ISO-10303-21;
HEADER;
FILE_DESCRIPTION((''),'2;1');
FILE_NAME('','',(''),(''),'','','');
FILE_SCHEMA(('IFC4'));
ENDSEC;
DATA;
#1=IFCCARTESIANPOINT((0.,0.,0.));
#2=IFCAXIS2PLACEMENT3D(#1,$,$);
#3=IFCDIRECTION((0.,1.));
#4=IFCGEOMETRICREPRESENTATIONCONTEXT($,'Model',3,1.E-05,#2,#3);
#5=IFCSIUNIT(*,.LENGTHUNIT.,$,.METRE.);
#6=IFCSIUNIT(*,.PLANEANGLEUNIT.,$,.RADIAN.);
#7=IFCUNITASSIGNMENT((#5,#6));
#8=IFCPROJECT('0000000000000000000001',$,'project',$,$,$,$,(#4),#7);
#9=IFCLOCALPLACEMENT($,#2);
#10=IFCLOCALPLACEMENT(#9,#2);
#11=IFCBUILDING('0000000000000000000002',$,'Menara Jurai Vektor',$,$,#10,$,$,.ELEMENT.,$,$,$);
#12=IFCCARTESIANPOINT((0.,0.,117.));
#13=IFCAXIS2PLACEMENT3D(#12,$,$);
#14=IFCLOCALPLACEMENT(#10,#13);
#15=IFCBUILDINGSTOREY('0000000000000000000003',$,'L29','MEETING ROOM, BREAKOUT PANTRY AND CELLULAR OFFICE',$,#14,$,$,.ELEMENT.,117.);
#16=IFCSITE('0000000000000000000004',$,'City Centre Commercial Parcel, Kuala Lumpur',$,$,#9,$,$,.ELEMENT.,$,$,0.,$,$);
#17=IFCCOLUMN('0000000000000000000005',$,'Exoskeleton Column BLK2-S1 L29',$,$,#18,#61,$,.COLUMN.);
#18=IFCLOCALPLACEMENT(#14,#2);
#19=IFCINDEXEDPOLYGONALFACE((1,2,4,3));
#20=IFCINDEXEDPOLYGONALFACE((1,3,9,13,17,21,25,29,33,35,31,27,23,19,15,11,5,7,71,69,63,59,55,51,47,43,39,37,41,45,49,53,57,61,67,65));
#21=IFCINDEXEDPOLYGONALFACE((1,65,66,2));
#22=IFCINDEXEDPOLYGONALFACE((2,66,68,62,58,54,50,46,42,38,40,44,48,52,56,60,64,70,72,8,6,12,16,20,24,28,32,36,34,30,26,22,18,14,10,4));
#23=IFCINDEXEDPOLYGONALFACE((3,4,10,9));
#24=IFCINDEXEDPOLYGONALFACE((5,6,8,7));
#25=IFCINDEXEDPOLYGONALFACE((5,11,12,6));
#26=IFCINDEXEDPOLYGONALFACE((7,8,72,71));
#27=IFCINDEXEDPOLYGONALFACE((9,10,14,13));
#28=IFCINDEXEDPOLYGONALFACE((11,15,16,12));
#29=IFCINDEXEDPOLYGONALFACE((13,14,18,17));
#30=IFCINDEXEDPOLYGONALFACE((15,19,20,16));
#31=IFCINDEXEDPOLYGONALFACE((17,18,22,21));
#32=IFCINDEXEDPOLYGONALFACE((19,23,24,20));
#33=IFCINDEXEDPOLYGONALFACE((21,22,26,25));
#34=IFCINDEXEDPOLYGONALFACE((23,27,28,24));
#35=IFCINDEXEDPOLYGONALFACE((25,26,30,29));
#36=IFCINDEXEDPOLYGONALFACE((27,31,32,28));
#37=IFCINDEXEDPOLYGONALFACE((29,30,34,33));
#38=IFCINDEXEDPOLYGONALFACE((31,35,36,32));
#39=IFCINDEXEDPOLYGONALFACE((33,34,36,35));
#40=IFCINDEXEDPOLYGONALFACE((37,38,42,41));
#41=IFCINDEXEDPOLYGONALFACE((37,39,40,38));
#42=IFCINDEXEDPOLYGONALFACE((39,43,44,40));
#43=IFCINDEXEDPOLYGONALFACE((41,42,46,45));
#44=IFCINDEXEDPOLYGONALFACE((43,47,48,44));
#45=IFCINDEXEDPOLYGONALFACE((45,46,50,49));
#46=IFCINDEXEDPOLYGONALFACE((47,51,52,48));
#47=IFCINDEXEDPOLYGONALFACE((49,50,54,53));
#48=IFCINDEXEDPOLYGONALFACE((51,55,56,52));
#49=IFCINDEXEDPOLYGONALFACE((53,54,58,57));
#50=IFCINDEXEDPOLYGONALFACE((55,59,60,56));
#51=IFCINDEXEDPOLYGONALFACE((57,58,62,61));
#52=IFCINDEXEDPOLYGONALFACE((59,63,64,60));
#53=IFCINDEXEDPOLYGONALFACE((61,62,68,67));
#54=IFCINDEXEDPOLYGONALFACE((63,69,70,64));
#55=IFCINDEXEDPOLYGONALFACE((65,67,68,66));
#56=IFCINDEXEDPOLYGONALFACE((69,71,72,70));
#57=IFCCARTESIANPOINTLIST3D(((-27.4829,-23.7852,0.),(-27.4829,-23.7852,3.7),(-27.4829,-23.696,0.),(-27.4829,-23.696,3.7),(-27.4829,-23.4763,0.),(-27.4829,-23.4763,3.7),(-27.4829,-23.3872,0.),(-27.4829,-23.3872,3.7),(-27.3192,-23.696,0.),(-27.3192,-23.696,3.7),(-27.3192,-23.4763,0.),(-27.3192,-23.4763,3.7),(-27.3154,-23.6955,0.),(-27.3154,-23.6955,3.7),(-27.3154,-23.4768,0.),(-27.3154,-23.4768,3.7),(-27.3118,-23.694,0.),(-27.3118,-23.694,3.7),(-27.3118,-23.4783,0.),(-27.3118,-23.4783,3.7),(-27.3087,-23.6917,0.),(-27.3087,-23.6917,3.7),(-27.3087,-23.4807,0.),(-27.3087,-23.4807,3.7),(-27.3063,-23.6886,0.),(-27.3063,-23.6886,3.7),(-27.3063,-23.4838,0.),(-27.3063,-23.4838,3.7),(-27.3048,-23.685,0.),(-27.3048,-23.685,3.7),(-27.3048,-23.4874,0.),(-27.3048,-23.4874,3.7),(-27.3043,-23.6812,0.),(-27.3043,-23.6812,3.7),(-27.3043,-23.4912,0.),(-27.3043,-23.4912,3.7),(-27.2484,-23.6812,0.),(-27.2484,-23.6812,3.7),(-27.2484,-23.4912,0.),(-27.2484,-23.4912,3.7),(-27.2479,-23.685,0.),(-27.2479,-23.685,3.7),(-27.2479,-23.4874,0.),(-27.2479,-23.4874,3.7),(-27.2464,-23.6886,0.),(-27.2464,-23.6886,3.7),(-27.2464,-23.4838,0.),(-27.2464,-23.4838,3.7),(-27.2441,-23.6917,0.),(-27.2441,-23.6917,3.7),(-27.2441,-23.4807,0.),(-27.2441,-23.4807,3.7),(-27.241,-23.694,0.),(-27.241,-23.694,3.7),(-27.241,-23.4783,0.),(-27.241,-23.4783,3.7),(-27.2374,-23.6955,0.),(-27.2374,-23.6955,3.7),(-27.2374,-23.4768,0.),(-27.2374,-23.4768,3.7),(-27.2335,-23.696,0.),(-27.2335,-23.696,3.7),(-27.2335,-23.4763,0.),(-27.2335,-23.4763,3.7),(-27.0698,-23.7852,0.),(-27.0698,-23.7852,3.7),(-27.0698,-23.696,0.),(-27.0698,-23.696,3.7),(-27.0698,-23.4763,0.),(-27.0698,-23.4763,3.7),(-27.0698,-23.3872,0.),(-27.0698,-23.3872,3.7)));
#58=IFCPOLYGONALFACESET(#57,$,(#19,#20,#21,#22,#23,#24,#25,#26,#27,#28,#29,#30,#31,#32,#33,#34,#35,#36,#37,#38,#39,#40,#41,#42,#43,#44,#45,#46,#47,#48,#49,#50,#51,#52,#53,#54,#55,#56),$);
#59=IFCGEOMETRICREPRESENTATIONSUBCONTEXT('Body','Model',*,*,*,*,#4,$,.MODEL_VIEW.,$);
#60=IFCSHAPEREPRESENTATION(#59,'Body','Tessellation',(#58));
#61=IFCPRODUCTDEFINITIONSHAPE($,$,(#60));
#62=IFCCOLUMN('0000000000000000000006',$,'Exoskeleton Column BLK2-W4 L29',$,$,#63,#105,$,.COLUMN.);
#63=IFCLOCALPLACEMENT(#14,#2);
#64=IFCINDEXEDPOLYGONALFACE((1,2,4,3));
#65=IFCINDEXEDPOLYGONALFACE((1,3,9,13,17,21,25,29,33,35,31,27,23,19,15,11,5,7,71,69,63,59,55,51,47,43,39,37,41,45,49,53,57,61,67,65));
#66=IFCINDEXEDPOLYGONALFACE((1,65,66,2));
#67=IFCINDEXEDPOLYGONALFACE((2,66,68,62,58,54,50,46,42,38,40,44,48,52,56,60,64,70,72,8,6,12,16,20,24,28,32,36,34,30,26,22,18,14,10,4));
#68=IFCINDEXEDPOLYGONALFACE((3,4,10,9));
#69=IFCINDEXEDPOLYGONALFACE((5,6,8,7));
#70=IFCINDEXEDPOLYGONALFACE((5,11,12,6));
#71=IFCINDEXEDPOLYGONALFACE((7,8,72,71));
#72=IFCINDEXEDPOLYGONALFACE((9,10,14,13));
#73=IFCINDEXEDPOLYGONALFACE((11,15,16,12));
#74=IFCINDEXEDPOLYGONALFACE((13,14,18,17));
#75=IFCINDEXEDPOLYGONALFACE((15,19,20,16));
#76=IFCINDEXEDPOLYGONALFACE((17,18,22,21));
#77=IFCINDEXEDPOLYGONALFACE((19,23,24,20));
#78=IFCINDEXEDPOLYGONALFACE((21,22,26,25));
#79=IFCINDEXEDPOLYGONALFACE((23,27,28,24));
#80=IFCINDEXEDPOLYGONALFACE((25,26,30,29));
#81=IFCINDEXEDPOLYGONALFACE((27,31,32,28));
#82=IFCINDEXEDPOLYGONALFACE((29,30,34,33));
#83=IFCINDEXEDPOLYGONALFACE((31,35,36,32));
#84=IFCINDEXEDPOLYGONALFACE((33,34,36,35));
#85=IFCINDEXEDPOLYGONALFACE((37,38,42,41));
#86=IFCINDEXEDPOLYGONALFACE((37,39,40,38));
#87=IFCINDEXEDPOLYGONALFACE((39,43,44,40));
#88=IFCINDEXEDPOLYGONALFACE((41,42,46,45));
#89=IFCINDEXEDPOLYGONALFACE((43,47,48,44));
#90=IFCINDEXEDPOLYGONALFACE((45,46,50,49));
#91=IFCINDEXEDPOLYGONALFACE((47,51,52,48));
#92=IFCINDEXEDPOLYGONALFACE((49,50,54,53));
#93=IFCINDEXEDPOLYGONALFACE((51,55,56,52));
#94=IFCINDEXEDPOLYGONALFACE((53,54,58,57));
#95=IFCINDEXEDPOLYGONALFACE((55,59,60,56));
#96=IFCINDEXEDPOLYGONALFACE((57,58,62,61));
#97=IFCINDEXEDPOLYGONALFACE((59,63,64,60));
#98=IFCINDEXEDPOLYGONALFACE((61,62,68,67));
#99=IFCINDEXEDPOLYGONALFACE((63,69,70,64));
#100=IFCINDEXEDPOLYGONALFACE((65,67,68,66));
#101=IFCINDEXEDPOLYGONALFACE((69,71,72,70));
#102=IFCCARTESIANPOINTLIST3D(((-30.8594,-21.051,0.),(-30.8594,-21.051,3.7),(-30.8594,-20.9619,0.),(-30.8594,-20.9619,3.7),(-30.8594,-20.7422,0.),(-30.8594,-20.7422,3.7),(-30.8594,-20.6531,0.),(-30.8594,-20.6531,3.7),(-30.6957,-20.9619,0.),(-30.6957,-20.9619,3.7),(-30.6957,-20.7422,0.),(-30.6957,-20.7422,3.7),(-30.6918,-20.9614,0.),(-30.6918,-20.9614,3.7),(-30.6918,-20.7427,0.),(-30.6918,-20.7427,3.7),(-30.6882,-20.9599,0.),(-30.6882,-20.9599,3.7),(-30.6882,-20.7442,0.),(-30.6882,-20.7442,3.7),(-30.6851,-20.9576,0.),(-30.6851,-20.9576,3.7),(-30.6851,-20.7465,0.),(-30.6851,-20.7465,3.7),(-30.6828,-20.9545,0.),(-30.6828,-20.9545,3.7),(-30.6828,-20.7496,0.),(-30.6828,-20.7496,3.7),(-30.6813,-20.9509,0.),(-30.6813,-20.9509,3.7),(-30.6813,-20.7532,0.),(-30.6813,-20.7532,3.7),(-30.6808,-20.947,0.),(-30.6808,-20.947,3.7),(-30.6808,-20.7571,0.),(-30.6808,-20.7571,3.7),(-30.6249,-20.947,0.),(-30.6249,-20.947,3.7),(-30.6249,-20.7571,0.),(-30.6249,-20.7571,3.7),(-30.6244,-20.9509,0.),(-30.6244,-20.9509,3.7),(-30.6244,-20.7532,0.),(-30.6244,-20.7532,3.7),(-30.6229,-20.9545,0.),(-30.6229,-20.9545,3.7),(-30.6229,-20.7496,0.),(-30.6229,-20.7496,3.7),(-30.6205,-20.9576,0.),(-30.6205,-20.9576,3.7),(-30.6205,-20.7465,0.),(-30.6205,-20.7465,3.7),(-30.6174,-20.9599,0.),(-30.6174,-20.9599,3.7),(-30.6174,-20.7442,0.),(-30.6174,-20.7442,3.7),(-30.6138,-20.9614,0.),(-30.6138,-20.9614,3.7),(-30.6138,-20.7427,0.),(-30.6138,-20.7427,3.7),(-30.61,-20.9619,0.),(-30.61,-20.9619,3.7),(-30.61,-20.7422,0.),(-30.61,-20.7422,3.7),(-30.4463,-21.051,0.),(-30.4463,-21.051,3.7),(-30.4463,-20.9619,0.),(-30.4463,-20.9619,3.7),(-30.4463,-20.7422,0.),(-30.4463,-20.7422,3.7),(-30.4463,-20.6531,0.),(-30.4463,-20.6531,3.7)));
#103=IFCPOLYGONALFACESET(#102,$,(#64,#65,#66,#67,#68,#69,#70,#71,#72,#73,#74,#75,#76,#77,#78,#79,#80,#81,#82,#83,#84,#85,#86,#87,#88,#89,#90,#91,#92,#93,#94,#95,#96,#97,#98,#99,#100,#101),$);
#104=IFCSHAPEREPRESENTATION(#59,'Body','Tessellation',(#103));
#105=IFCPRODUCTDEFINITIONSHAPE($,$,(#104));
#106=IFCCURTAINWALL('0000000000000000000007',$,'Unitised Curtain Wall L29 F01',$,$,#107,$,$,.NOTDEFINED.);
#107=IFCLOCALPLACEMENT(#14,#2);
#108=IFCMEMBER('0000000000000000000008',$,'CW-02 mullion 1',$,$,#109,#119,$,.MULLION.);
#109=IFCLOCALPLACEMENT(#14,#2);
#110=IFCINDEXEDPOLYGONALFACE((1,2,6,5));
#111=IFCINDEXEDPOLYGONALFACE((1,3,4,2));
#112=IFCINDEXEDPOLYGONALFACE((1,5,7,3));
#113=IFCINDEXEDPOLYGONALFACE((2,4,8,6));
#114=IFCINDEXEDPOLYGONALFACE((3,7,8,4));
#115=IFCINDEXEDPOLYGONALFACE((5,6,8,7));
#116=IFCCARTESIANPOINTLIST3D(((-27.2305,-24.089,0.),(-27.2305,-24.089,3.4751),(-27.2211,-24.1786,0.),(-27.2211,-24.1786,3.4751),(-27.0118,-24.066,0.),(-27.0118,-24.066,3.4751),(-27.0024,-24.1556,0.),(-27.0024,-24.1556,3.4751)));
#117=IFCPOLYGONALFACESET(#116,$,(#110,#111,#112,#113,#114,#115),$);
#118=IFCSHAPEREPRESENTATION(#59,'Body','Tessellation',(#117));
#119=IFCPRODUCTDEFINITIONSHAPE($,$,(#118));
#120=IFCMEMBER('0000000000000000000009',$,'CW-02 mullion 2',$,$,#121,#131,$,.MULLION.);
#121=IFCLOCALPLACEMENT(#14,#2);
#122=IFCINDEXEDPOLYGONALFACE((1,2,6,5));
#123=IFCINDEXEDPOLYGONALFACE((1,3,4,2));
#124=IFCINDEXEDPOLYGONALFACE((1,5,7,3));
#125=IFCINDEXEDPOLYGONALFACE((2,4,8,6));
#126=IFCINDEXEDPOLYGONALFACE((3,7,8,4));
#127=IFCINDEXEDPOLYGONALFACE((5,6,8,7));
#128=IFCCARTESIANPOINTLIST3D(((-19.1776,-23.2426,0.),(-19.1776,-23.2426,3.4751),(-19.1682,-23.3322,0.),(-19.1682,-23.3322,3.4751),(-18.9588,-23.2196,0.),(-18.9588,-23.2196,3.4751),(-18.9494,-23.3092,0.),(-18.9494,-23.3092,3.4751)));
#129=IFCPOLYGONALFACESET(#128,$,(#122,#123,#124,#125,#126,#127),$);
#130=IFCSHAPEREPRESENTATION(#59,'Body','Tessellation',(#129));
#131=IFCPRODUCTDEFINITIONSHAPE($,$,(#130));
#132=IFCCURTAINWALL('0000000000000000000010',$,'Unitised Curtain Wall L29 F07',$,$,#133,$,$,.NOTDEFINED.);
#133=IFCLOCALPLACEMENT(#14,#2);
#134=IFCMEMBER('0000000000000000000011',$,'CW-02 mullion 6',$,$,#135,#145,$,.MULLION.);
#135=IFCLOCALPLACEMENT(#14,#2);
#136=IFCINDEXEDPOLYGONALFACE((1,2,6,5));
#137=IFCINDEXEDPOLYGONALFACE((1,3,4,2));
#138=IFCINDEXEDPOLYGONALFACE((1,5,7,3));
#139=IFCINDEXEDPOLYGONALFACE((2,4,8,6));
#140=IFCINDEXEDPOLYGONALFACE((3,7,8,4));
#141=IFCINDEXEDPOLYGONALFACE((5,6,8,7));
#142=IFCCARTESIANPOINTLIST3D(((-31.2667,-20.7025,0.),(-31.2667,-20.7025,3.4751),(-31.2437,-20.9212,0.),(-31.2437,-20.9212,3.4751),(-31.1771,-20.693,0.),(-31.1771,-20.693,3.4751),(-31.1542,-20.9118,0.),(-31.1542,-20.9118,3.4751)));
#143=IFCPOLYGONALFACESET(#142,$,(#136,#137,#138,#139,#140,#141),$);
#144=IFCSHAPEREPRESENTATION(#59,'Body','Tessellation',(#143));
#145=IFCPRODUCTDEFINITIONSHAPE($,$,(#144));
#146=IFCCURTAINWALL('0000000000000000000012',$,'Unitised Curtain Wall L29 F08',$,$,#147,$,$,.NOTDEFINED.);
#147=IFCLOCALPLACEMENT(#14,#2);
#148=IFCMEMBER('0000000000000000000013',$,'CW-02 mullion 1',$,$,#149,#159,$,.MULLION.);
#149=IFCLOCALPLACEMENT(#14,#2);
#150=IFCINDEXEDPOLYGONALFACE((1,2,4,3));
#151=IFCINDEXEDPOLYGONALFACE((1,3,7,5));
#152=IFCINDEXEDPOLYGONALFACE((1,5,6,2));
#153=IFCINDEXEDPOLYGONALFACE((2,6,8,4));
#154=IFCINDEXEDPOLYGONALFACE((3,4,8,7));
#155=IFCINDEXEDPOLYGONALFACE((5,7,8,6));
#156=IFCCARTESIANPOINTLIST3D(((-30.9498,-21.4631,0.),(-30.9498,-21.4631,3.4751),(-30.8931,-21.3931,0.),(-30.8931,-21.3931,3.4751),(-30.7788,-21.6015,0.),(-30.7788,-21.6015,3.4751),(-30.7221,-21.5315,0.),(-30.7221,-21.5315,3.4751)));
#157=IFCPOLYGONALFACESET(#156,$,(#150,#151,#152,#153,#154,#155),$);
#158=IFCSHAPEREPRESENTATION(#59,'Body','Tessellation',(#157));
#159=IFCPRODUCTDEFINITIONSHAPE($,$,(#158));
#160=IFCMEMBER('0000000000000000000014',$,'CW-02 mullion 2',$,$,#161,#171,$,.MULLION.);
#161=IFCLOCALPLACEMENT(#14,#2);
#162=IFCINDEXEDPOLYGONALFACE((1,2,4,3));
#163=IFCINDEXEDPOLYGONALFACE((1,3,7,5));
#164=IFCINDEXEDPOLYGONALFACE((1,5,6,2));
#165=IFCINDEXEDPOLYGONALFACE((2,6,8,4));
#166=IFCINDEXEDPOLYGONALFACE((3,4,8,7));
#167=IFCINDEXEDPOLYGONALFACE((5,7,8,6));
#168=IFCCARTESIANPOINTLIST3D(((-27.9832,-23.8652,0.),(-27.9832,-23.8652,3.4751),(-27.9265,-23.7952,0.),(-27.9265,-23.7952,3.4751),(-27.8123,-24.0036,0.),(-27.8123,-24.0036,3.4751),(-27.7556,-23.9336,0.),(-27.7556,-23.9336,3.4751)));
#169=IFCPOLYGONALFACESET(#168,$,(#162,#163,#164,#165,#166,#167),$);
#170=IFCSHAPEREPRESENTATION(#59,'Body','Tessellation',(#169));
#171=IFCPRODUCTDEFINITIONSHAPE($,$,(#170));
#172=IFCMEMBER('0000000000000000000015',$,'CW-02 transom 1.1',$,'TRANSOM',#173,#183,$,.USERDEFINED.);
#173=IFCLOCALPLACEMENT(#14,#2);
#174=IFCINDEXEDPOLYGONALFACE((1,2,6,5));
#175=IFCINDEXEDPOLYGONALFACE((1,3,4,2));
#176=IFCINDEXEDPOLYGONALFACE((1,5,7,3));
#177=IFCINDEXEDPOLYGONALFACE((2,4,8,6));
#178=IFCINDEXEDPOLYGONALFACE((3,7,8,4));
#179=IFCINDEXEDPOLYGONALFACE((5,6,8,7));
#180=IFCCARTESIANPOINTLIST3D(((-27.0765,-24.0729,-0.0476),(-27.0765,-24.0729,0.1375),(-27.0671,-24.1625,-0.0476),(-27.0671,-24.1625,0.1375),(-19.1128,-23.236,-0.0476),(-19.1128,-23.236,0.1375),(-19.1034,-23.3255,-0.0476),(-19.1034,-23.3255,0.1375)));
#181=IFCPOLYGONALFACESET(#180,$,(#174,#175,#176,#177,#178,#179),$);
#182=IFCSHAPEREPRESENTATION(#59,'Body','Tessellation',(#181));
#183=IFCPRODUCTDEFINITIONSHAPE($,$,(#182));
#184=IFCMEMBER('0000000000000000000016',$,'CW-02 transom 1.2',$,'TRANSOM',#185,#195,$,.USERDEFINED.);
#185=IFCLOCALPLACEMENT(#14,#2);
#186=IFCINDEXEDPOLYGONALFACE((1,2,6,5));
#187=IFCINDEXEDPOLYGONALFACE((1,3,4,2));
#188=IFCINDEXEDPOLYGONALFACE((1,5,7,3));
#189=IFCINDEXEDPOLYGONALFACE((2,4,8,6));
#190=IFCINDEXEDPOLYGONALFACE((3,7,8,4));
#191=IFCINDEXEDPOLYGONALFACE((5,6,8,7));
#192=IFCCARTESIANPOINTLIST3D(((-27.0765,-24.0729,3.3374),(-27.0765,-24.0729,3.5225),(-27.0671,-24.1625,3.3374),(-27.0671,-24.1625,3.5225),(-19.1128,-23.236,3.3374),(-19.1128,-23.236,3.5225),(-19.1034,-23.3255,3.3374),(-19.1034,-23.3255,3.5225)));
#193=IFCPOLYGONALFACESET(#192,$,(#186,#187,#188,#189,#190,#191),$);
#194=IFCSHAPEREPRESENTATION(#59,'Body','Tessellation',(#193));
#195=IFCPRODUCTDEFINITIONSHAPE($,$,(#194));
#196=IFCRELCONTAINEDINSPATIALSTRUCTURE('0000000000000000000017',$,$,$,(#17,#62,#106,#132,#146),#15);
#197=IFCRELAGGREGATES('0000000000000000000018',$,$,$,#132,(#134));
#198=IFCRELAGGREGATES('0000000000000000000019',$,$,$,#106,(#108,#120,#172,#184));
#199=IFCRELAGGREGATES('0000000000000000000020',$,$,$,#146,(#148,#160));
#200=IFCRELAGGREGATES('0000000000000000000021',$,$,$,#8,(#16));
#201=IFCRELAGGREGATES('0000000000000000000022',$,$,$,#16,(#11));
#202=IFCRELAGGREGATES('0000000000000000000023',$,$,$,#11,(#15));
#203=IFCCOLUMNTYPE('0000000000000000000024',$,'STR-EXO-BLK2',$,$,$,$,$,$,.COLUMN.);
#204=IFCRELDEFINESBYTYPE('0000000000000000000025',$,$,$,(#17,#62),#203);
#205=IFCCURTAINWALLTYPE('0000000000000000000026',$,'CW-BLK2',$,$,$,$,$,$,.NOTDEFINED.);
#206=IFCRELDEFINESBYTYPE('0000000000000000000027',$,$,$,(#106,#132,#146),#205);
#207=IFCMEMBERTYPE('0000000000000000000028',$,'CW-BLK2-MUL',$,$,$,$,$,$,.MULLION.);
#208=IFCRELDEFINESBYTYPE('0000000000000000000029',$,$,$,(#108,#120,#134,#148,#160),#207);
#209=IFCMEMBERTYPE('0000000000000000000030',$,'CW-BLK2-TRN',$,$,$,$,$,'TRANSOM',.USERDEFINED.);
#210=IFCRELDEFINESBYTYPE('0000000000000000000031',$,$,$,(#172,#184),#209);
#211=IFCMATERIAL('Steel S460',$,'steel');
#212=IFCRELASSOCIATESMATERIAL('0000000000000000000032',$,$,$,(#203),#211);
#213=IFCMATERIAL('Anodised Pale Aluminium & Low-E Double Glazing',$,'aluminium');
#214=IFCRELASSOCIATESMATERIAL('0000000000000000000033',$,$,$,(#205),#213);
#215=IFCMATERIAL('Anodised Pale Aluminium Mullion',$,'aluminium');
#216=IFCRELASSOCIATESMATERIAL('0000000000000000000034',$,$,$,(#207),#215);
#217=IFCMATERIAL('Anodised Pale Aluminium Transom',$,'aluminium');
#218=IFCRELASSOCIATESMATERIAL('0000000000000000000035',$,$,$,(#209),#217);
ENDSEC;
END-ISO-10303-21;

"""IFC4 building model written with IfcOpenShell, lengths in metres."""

from ifc_helpers import new_model, si_unit, direction, frame, origin, origin_2d, place, context, subcontext, project, spatial, rectangle, i_section, extrude, material, material_profile, profile_set, type_object, element, aggregate, save


model = new_model("IFC4")

# Units and contexts
model_context = context("Model", 3, precision=1e-05, world=origin(), true_north=direction((0.0, 1.0)))
body_context = subcontext(model_context, "Body", "Model", "MODEL_VIEW")
ifc_project = project(units=[si_unit("LENGTHUNIT", "METRE"), si_unit("PLANEANGLEUNIT", "RADIAN")], contexts=[model_context])

# Site, building, storey
site_placement = place(None, origin())
site = spatial("IfcSite", under=ifc_project, at=site_placement, Name="City Centre Commercial Parcel, Kuala Lumpur", CompositionType="ELEMENT", RefElevation=0.0)
building_placement = place(site_placement, origin())
building = spatial("IfcBuilding", under=site, at=building_placement, Name="Menara Jurai Vektor", CompositionType="ELEMENT")
storey_placement = place(building_placement, frame((0.0, 0.0, 117.0)))
storey = spatial("IfcBuildingStorey", under=building, at=storey_placement, Name="L29", Description="MEETING ROOM, BREAKOUT PANTRY AND CELLULAR OFFICE", CompositionType="ELEMENT", Elevation=117.0)

# Columns
ifc_material_1 = material(Name="Steel S460", Category="steel")
ifc_material_profile_1 = material_profile(ifc_material_1, i_section(OverallWidth=0.4131, OverallDepth=0.3979, WebThickness=0.0559, FlangeThickness=0.0891, FilletRadius=0.0149, at=origin_2d()), Name="HD 400x744")
ifc_profile_set_1 = profile_set([ifc_material_profile_1], Name="Steel S460")
column_type = type_object("IfcColumnType", Name="STR-EXO-BLK2", PredefinedType="COLUMN", material=ifc_profile_set_1)
for number, where, z_axis, x_axis, name in (
    (1, (-27.2764, -23.5862, 0.0), (0.0, 0.0, 1.0), (1.0, 0.0, 0.0), "Exoskeleton Column BLK2-S1 L29"),
    (2, (-30.6528, -20.8521, 0.0), (0.0, 0.0, 1.0), (1.0, 0.0, 0.0), "Exoskeleton Column BLK2-W4 L29"),
):
    element("IfcColumn", number, at=place(storey_placement, frame(where, z_axis=z_axis, x_axis=x_axis)), inside=storey, type_object=column_type, Name=name, PredefinedType="COLUMN", context=body_context, shape_type="SweptSolid", body=[
        extrude(i_section(OverallWidth=0.4131, OverallDepth=0.3979, WebThickness=0.0559, FlangeThickness=0.0891, FilletRadius=0.0149, at=origin_2d()), origin(), (0.0, 0.0, 1.0), 3.7),
    ])

# Curtain wall, members
ifc_material_2 = material(Name="Anodised Pale Aluminium & Low-E Double Glazing", Category="aluminium")
curtain_wall_type = type_object("IfcCurtainWallType", Name="CW-BLK2", PredefinedType="NOTDEFINED", material=ifc_material_2)
curtain_wall_1_placement = place(storey_placement, origin())
curtain_wall_1 = element("IfcCurtainWall", 3, at=curtain_wall_1_placement, inside=storey, type_object=curtain_wall_type, Name="Unitised Curtain Wall L29 F01", PredefinedType="NOTDEFINED")
ifc_material_3 = material(Name="Anodised Pale Aluminium Mullion", Category="aluminium")
ifc_material_profile_2 = material_profile(ifc_material_3, rectangle(XDim=0.0901, YDim=0.22, at=origin_2d()), Name="ALU MUL 90x220")
ifc_profile_set_2 = profile_set([ifc_material_profile_2], Name="Anodised Pale Aluminium Mullion")
member_type_1 = type_object("IfcMemberType", Name="CW-BLK2-MUL", PredefinedType="MULLION", material=ifc_profile_set_2)
member_1_placement = place(storey_placement, frame((-27.1165, -24.1223, 0.0), z_axis=(0.0, 0.0, 1.0), x_axis=(-0.104529, 0.994522, 0.0)))
member_1 = element("IfcMember", 4, at=member_1_placement, type_object=member_type_1, Name="CW-02 mullion 1", PredefinedType="MULLION", context=body_context, shape_type="SweptSolid", body=[
    extrude(rectangle(XDim=0.0901, YDim=0.22, at=origin_2d()), origin(), (0.0, 0.0, 1.0), 3.4751),
])
member_2_placement = place(storey_placement, frame((-19.0635, -23.2759, 0.0), z_axis=(0.0, 0.0, 1.0), x_axis=(-0.104529, 0.994522, 0.0)))
member_2 = element("IfcMember", 5, at=member_2_placement, type_object=member_type_1, Name="CW-02 mullion 2", PredefinedType="MULLION", context=body_context, shape_type="SweptSolid", body=[
    extrude(rectangle(XDim=0.0901, YDim=0.22, at=origin_2d()), origin(), (0.0, 0.0, 1.0), 3.4751),
])

# Curtain wall, member
curtain_wall_2_placement = place(storey_placement, origin())
curtain_wall_2 = element("IfcCurtainWall", 6, at=curtain_wall_2_placement, inside=storey, type_object=curtain_wall_type, Name="Unitised Curtain Wall L29 F07", PredefinedType="NOTDEFINED")
member_3_placement = place(storey_placement, frame((-31.2104, -20.8071, 0.0), z_axis=(0.0, 0.0, 1.0), x_axis=(0.994522, 0.10453, 0.0)))
member_3 = element("IfcMember", 7, at=member_3_placement, type_object=member_type_1, Name="CW-02 mullion 6", PredefinedType="MULLION", context=body_context, shape_type="SweptSolid", body=[
    extrude(rectangle(XDim=0.0901, YDim=0.22, at=origin_2d()), origin(), (0.0, 0.0, 1.0), 3.4751),
])
aggregate(curtain_wall_2, [member_3])

# Curtain wall, members
curtain_wall_3_placement = place(storey_placement, origin())
curtain_wall_3 = element("IfcCurtainWall", 8, at=curtain_wall_3_placement, inside=storey, type_object=curtain_wall_type, Name="Unitised Curtain Wall L29 F08", PredefinedType="NOTDEFINED")
member_4_placement = place(storey_placement, frame((-30.8359, -21.4973, 0.0), z_axis=(0.0, 0.0, 1.0), x_axis=(0.629313, 0.777152, 0.0)))
member_4 = element("IfcMember", 9, at=member_4_placement, type_object=member_type_1, Name="CW-02 mullion 1", PredefinedType="MULLION", context=body_context, shape_type="SweptSolid", body=[
    extrude(rectangle(XDim=0.0901, YDim=0.22, at=origin_2d()), origin(), (0.0, 0.0, 1.0), 3.4751),
])
member_5_placement = place(storey_placement, frame((-27.8694, -23.8994, 0.0), z_axis=(0.0, 0.0, 1.0), x_axis=(0.629313, 0.777152, 0.0)))
member_5 = element("IfcMember", 10, at=member_5_placement, type_object=member_type_1, Name="CW-02 mullion 2", PredefinedType="MULLION", context=body_context, shape_type="SweptSolid", body=[
    extrude(rectangle(XDim=0.0901, YDim=0.22, at=origin_2d()), origin(), (0.0, 0.0, 1.0), 3.4751),
])

# Members
ifc_material_4 = material(Name="Anodised Pale Aluminium Transom", Category="aluminium")
ifc_material_profile_3 = material_profile(ifc_material_4, rectangle(XDim=0.0901, YDim=0.1851, at=origin_2d()), Name="ALU TRN 90x185")
ifc_profile_set_3 = profile_set([ifc_material_profile_3], Name="Anodised Pale Aluminium Transom")
member_type_2 = type_object("IfcMemberType", Name="CW-BLK2-TRN", ElementType="TRANSOM", PredefinedType="USERDEFINED", material=ifc_profile_set_3)
member_6_placement = place(storey_placement, frame((-27.0718, -24.1177, 0.0449), z_axis=(0.994523, 0.104517, 0.0), x_axis=(-0.104517, 0.994523, 0.0)))
member_6 = element("IfcMember", 11, at=member_6_placement, type_object=member_type_2, Name="CW-02 transom 1.1", ObjectType="TRANSOM", PredefinedType="USERDEFINED", context=body_context, shape_type="SweptSolid", body=[
    extrude(rectangle(XDim=0.0901, YDim=0.1851, at=origin_2d()), origin(), (0.0, 0.0, 1.0), 8.0076),
])
member_7_placement = place(storey_placement, frame((-27.0718, -24.1177, 3.4299), z_axis=(0.994523, 0.104517, 0.0), x_axis=(-0.104517, 0.994523, 0.0)))
member_7 = element("IfcMember", 12, at=member_7_placement, type_object=member_type_2, Name="CW-02 transom 1.2", ObjectType="TRANSOM", PredefinedType="USERDEFINED", context=body_context, shape_type="SweptSolid", body=[
    extrude(rectangle(XDim=0.0901, YDim=0.1851, at=origin_2d()), origin(), (0.0, 0.0, 1.0), 8.0076),
])

aggregate(curtain_wall_1, [member_1, member_2, member_6, member_7])
aggregate(curtain_wall_3, [member_4, member_5])

save(model, "model.ifc")
